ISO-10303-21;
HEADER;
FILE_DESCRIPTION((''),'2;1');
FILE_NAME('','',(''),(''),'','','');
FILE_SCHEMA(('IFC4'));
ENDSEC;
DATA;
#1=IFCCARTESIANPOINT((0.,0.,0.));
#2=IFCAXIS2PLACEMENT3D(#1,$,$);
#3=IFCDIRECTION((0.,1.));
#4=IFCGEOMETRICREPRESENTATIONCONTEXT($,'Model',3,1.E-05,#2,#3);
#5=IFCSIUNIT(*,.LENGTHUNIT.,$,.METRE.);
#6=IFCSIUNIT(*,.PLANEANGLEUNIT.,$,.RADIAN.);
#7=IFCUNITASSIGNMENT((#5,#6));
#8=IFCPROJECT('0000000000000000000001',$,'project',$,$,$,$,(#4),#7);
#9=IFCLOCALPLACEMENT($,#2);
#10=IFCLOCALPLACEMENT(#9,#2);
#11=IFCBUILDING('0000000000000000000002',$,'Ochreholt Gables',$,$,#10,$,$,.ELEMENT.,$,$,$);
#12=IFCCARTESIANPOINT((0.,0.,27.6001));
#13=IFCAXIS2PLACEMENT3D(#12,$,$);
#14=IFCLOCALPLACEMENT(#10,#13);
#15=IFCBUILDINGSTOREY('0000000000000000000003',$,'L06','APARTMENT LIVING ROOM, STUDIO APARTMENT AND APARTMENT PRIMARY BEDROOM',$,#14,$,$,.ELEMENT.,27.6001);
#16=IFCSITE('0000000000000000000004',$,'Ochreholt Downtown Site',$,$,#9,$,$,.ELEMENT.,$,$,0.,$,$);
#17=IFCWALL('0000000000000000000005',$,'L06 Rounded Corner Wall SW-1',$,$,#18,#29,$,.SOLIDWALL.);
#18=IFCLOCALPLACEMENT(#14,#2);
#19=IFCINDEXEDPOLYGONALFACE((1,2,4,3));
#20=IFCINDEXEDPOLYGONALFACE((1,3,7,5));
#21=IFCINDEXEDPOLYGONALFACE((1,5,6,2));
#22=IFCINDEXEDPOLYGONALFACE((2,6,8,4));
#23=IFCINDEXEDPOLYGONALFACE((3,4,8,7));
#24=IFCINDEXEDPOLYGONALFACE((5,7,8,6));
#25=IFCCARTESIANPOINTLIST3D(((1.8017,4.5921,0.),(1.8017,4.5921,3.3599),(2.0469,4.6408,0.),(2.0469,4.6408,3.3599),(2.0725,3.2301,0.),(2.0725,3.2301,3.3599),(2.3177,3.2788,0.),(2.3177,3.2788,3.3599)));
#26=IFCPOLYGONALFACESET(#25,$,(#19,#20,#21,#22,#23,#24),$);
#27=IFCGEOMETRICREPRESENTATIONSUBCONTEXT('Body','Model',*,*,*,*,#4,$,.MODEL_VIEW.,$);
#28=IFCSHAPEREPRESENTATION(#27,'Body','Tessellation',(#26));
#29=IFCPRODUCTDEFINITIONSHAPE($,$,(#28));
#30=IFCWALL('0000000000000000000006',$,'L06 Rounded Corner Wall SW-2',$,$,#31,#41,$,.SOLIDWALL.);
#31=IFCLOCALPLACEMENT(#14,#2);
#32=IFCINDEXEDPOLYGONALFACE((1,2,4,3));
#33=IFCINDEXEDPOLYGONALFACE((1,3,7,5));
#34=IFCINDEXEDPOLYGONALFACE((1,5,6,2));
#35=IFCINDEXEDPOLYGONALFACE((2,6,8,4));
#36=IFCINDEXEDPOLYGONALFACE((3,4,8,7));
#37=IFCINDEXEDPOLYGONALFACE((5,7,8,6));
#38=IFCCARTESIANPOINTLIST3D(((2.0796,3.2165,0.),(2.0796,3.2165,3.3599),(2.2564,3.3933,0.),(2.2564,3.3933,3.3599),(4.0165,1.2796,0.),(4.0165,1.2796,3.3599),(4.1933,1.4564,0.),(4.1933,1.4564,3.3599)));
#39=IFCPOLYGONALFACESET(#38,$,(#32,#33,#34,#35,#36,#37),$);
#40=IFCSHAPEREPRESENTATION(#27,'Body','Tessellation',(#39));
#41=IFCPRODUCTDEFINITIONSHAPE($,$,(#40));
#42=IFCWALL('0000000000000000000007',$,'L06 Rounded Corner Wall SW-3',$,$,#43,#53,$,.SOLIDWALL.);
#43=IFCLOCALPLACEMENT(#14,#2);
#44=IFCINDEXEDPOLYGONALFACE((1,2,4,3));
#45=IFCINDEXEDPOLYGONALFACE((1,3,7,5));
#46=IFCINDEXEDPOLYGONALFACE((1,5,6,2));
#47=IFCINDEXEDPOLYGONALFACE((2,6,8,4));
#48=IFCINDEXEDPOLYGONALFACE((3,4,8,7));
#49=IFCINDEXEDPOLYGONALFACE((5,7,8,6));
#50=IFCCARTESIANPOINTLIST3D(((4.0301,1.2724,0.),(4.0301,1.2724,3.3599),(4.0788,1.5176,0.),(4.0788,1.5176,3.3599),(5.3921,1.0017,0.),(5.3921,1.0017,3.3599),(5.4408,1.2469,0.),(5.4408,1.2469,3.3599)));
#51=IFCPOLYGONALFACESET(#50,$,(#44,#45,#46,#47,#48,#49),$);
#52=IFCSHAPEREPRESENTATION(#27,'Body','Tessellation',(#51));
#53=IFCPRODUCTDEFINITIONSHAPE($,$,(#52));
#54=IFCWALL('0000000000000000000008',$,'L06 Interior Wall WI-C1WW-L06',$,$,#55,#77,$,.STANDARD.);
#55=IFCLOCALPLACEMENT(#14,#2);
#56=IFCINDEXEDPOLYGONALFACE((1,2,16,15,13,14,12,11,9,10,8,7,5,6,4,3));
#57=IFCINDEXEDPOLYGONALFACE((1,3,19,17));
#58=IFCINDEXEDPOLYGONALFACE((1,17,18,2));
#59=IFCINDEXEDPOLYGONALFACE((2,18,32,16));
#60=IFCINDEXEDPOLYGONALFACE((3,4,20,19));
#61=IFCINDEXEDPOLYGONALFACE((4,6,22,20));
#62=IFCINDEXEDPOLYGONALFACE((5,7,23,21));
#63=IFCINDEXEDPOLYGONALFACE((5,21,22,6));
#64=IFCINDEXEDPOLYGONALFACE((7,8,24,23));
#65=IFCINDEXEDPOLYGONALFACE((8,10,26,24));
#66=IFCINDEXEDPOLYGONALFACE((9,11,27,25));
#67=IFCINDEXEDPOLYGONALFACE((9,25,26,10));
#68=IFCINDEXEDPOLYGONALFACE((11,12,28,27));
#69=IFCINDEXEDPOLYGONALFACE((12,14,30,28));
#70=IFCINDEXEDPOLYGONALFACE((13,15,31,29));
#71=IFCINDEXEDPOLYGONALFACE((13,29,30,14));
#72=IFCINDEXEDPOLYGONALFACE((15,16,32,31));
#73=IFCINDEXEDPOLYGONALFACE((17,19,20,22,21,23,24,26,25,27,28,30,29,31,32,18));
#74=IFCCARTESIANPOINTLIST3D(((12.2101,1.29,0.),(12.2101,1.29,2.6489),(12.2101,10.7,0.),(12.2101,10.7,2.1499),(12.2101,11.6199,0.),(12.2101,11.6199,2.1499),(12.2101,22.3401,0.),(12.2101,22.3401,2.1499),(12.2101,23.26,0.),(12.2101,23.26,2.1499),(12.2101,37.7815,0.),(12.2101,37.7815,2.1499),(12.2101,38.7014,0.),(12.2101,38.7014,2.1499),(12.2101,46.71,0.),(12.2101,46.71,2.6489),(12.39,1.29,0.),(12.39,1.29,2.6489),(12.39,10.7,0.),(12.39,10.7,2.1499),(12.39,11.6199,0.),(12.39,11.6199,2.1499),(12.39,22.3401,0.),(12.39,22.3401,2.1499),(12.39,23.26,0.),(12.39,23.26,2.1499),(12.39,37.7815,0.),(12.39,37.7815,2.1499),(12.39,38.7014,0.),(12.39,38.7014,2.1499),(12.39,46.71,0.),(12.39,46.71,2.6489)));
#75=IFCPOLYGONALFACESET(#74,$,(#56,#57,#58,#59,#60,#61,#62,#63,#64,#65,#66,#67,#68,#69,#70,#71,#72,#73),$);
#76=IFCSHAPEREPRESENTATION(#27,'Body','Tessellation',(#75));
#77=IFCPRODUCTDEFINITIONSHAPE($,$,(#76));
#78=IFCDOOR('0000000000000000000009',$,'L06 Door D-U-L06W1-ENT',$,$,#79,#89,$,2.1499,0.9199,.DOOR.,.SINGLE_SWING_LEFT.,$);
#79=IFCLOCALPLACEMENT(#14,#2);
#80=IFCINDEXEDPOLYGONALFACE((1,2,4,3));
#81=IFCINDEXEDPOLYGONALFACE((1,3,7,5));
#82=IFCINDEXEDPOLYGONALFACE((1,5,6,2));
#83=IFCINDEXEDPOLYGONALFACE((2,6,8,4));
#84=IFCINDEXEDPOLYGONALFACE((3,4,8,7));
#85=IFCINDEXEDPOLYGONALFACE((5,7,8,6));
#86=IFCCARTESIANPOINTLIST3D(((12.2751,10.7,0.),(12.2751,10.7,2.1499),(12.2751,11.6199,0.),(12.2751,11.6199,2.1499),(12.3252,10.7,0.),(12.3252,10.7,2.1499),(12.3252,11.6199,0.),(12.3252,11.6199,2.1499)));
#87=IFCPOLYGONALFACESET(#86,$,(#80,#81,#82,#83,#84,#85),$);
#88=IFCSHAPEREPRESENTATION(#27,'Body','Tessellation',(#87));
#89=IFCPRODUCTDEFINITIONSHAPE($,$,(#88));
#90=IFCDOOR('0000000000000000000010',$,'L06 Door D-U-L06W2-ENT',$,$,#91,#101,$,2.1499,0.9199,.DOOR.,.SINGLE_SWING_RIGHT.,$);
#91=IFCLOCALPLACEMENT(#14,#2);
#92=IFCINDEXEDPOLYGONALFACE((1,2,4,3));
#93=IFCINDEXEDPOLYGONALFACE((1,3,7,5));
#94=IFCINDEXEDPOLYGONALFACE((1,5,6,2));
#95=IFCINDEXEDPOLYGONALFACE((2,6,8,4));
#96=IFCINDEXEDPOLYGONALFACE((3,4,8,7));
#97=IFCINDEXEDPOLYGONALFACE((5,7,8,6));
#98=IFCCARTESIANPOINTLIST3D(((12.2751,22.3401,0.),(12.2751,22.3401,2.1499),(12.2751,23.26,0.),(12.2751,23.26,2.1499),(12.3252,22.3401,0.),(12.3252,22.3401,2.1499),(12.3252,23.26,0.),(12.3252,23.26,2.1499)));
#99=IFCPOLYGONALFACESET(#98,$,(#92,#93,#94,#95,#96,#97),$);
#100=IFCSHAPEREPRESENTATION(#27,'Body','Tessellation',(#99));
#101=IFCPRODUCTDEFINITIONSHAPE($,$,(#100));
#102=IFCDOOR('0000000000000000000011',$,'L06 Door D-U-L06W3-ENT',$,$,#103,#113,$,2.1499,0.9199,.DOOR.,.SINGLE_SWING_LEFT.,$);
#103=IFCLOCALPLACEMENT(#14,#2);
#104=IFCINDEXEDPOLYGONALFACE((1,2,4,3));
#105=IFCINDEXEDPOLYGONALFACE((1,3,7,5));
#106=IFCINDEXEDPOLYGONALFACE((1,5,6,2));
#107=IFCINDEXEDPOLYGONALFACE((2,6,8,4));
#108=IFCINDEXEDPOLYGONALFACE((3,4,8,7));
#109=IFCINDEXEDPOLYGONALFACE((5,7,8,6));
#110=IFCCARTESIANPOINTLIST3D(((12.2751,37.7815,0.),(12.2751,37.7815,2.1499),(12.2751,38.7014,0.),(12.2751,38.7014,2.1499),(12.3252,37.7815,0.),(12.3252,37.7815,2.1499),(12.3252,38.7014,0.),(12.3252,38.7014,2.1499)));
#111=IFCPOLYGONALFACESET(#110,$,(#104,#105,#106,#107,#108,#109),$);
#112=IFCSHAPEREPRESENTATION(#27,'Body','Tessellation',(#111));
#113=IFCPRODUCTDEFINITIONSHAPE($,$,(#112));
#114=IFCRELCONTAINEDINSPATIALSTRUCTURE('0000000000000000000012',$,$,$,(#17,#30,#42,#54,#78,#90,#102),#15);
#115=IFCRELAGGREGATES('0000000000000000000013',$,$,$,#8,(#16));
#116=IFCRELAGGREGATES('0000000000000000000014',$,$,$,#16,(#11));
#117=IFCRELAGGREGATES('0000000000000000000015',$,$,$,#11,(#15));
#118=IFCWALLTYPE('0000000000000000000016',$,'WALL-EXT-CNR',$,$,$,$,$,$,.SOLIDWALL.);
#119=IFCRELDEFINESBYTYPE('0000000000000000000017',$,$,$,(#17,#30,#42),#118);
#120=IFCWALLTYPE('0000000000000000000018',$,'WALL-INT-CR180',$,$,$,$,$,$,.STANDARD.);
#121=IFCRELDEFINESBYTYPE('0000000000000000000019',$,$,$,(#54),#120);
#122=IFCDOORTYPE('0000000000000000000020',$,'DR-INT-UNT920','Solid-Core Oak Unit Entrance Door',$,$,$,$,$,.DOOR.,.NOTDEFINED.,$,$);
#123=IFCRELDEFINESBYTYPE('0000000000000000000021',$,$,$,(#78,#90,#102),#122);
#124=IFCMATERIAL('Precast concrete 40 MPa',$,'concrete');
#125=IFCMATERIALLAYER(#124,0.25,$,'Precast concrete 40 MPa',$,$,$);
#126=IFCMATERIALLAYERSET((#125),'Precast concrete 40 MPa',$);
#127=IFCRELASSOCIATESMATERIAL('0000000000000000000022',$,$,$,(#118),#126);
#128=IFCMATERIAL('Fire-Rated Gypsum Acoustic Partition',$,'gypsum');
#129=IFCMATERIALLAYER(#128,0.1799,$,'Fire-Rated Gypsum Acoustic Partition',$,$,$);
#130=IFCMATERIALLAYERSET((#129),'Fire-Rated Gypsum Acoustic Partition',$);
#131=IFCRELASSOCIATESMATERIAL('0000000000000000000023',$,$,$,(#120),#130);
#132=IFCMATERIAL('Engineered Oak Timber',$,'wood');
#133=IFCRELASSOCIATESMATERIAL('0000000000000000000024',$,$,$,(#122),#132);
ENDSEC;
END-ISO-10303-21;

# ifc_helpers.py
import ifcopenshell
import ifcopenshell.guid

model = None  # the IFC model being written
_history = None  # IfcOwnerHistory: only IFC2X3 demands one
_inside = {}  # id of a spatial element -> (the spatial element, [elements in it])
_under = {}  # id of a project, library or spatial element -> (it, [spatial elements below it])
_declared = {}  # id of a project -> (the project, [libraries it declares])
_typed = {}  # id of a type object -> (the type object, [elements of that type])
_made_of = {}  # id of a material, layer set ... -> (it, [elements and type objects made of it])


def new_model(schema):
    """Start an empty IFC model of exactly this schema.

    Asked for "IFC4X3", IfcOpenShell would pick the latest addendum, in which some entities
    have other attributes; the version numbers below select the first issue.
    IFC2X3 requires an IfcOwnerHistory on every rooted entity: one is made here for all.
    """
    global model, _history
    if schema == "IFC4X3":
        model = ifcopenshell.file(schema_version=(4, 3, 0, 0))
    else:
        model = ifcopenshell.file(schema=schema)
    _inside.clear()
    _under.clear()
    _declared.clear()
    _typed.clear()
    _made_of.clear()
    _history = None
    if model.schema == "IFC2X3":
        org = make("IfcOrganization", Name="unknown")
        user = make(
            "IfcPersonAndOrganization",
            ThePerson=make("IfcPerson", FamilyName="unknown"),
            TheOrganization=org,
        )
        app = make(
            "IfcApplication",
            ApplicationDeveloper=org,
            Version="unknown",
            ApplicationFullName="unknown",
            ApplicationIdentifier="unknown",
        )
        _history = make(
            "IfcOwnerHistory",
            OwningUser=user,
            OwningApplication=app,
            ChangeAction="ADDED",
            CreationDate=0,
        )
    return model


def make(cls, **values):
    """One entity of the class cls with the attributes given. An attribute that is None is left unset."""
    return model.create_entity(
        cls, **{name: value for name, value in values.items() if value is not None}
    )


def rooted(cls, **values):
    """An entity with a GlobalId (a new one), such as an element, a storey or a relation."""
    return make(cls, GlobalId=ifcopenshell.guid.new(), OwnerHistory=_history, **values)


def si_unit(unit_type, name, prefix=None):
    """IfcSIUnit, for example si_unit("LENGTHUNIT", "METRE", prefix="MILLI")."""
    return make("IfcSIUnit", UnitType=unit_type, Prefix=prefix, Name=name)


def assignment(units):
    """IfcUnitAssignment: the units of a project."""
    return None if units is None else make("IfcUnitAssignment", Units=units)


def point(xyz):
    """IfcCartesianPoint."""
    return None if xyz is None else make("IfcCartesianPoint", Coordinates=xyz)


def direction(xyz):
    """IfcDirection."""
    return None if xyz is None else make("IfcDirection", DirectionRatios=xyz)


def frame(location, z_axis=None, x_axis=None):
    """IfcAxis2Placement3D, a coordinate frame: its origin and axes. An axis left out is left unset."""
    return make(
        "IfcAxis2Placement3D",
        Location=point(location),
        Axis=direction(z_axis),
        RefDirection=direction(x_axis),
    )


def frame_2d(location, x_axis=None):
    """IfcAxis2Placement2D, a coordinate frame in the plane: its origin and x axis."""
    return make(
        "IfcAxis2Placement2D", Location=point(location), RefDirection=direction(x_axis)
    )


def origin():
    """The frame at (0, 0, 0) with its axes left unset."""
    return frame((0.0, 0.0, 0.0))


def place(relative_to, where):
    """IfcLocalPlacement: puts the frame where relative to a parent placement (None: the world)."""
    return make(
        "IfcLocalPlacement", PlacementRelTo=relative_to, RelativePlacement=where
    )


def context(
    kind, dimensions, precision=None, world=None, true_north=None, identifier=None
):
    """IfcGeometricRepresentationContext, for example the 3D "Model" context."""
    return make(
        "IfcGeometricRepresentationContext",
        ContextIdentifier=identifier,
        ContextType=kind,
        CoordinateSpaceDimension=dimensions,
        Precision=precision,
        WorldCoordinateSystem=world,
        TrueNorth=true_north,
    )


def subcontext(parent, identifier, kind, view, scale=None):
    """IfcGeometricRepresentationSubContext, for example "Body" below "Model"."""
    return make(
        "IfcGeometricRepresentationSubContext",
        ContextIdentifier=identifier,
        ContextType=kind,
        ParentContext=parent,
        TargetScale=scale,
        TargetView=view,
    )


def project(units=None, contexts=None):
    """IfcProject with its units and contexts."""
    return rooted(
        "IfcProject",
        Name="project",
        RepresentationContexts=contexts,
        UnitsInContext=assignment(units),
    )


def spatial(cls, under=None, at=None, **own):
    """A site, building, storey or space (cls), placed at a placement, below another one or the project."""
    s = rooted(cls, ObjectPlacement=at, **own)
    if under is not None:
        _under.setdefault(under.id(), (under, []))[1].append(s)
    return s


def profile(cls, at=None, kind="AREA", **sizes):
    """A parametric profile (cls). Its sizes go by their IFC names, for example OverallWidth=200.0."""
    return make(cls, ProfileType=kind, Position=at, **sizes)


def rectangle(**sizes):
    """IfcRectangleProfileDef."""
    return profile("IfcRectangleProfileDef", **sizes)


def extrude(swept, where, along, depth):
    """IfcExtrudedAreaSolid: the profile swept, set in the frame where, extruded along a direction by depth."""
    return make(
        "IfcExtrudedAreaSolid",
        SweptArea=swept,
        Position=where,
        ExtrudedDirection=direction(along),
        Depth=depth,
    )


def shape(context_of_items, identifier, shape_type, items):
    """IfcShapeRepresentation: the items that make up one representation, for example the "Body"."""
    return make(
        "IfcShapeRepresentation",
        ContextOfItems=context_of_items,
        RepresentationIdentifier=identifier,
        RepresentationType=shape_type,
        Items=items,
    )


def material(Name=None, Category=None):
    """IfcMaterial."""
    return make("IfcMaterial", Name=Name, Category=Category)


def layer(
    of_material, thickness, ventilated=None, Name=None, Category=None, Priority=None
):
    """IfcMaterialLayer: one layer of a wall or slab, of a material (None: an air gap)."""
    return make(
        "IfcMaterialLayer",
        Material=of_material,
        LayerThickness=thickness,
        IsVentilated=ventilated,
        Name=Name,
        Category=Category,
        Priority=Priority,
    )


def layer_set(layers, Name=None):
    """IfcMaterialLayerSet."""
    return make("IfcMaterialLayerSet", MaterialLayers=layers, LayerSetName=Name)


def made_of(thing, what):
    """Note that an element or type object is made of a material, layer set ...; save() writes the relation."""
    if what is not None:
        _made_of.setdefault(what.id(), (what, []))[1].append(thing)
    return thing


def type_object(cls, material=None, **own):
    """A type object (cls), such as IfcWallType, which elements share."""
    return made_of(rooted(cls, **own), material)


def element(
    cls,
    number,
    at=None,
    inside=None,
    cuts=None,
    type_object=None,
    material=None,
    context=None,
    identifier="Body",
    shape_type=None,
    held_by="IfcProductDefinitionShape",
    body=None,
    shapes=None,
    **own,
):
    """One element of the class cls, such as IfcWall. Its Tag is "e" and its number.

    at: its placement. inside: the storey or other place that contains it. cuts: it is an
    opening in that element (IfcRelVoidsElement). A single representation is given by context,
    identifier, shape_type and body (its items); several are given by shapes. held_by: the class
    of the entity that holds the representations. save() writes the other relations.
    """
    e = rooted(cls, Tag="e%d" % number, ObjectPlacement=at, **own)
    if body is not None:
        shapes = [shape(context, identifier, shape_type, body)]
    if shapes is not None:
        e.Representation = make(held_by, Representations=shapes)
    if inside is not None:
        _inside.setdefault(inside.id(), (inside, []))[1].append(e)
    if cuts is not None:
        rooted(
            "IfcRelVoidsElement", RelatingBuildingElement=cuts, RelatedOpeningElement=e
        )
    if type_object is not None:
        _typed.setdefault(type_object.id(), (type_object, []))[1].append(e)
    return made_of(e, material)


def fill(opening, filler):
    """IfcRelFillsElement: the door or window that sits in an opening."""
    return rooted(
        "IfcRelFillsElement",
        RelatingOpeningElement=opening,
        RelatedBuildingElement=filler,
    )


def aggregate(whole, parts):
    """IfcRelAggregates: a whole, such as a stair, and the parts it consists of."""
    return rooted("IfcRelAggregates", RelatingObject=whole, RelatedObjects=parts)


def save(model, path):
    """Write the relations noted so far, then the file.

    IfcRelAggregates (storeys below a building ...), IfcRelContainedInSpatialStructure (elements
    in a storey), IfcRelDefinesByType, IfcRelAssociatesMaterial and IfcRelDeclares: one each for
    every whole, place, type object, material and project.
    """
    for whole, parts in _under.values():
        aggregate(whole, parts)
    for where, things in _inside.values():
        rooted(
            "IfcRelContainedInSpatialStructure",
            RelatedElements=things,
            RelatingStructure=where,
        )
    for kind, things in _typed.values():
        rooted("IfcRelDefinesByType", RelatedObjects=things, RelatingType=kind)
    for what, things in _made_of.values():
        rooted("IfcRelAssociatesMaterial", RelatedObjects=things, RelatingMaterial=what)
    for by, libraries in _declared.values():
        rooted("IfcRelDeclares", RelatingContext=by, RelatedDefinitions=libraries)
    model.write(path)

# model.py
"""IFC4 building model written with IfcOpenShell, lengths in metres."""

from ifc_helpers import new_model, si_unit, direction, frame, frame_2d, origin, place, context, subcontext, project, spatial, rectangle, extrude, material, layer, layer_set, type_object, element, fill, save


model = new_model("IFC4")

# Units and contexts
model_context = context("Model", 3, precision=1e-05, world=origin(), true_north=direction((0.0, 1.0)))
body_context = subcontext(model_context, "Body", "Model", "MODEL_VIEW")
ifc_project = project(units=[si_unit("LENGTHUNIT", "METRE"), si_unit("PLANEANGLEUNIT", "RADIAN")], contexts=[model_context])

# Site, building, storey
site_placement = place(None, origin())
site = spatial("IfcSite", under=ifc_project, at=site_placement, Name="Ochreholt Downtown Site", CompositionType="ELEMENT", RefElevation=0.0)
building_placement = place(site_placement, origin())
building = spatial("IfcBuilding", under=site, at=building_placement, Name="Ochreholt Gables", CompositionType="ELEMENT")
storey_placement = place(building_placement, frame((0.0, 0.0, 27.6001)))
storey = spatial("IfcBuildingStorey", under=building, at=storey_placement, Name="L06", Description="APARTMENT LIVING ROOM, STUDIO APARTMENT AND APARTMENT PRIMARY BEDROOM", CompositionType="ELEMENT", Elevation=27.6001)

# Shared definitions
ifc_material_1 = material(Name="Precast concrete 40 MPa", Category="concrete")

# Walls
ifc_layer_1 = layer(ifc_material_1, 0.25, Name="Precast concrete 40 MPa")
ifc_layer_set_1 = layer_set([ifc_layer_1], Name="Precast concrete 40 MPa")
wall_type_1 = type_object("IfcWallType", Name="WALL-EXT-CNR", PredefinedType="SOLIDWALL", material=ifc_layer_set_1)
wall_1_placement = place(storey_placement, frame((1.9243, 4.6165, 0.0), z_axis=(0.0, 0.0, 1.0), x_axis=(0.194967, -0.98081, 0.0)))
element("IfcWall", 1, at=wall_1_placement, inside=storey, type_object=wall_type_1, Name="L06 Rounded Corner Wall SW-1", PredefinedType="SOLIDWALL", context=body_context, shape_type="SweptSolid", body=[
    extrude(rectangle(XDim=1.3887, YDim=0.25, at=frame_2d((0.6943, 0.0))), origin(), (0.0, 0.0, 1.0), 3.3599),
])
wall_2_placement = place(storey_placement, frame((2.168, 3.3049, 0.0), z_axis=(0.0, 0.0, 1.0), x_axis=(0.707107, -0.707107, 0.0)))
element("IfcWall", 2, at=wall_2_placement, inside=storey, type_object=wall_type_1, Name="L06 Rounded Corner Wall SW-2", PredefinedType="SOLIDWALL", context=body_context, shape_type="SweptSolid", body=[
    extrude(rectangle(XDim=2.7393, YDim=0.25, at=frame_2d((1.3696, 0.0))), origin(), (0.0, 0.0, 1.0), 3.3599),
])
wall_3_placement = place(storey_placement, frame((4.0544, 1.395, 0.0), z_axis=(0.0, 0.0, 1.0), x_axis=(0.98081, -0.194967, 0.0)))
element("IfcWall", 3, at=wall_3_placement, inside=storey, type_object=wall_type_1, Name="L06 Rounded Corner Wall SW-3", PredefinedType="SOLIDWALL", context=body_context, shape_type="SweptSolid", body=[
    extrude(rectangle(XDim=1.3887, YDim=0.25, at=frame_2d((0.6943, 0.0))), origin(), (0.0, 0.0, 1.0), 3.3599),
])

# Wall, openings, doors
ifc_material_2 = material(Name="Fire-Rated Gypsum Acoustic Partition", Category="gypsum")
ifc_layer_2 = layer(ifc_material_2, 0.1799, Name="Fire-Rated Gypsum Acoustic Partition")
ifc_layer_set_2 = layer_set([ifc_layer_2], Name="Fire-Rated Gypsum Acoustic Partition")
wall_type_2 = type_object("IfcWallType", Name="WALL-INT-CR180", PredefinedType="STANDARD", material=ifc_layer_set_2)
wall_4_placement = place(storey_placement, frame((12.3, 1.29, 0.0), z_axis=(0.0, 0.0, 1.0), x_axis=(0.0, 1.0, 0.0)))
wall_4 = element("IfcWall", 4, at=wall_4_placement, inside=storey, type_object=wall_type_2, Name="L06 Interior Wall WI-C1WW-L06", PredefinedType="STANDARD", context=body_context, shape_type="SweptSolid", body=[
    extrude(rectangle(XDim=45.4199, YDim=0.1799, at=frame_2d((22.71, 0.0))), origin(), (0.0, 0.0, 1.0), 2.6489),
])
opening_1_placement = place(wall_4_placement, frame((9.4099, 0.0, 0.0)))
opening_1 = element("IfcOpeningElement", 5, at=opening_1_placement, cuts=wall_4, PredefinedType="OPENING", context=body_context, shape_type="SweptSolid", body=[
    extrude(rectangle(XDim=0.9199, YDim=2.1499, at=frame_2d((0.46, 1.075))), frame((0.0, 0.0999, 0.0), z_axis=(0.0, -1.0, 0.0), x_axis=(1.0, 0.0, 0.0)), (0.0, 0.0, 1.0), 0.2),
])
opening_2_placement = place(wall_4_placement, frame((21.05, 0.0, 0.0)))
opening_2 = element("IfcOpeningElement", 6, at=opening_2_placement, cuts=wall_4, PredefinedType="OPENING", context=body_context, shape_type="SweptSolid", body=[
    extrude(rectangle(XDim=0.9199, YDim=2.1499, at=frame_2d((0.46, 1.075))), frame((0.0, 0.0999, 0.0), z_axis=(0.0, -1.0, 0.0), x_axis=(1.0, 0.0, 0.0)), (0.0, 0.0, 1.0), 0.2),
])
opening_3_placement = place(wall_4_placement, frame((36.4915, 0.0, 0.0)))
opening_3 = element("IfcOpeningElement", 7, at=opening_3_placement, cuts=wall_4, PredefinedType="OPENING", context=body_context, shape_type="SweptSolid", body=[
    extrude(rectangle(XDim=0.9199, YDim=2.1499, at=frame_2d((0.46, 1.075))), frame((0.0, 0.0999, 0.0), z_axis=(0.0, -1.0, 0.0), x_axis=(1.0, 0.0, 0.0)), (0.0, 0.0, 1.0), 0.2),
])
ifc_material_3 = material(Name="Engineered Oak Timber", Category="wood")
door_type = type_object("IfcDoorType", Name="DR-INT-UNT920", Description="Solid-Core Oak Unit Entrance Door", OperationType="NOTDEFINED", PredefinedType="DOOR", material=ifc_material_3)
door_1_placement = place(opening_1_placement, origin())
door_1 = element("IfcDoor", 8, at=door_1_placement, inside=storey, type_object=door_type, Name="L06 Door D-U-L06W1-ENT", OperationType="SINGLE_SWING_LEFT", OverallHeight=2.1499, OverallWidth=0.9199, PredefinedType="DOOR", context=body_context, shape_type="SweptSolid", body=[
    extrude(rectangle(XDim=0.9199, YDim=2.1499, at=frame_2d((0.46, 1.075))), frame((0.0, 0.0249, 0.0), z_axis=(0.0, -1.0, 0.0), x_axis=(1.0, 0.0, 0.0)), (0.0, 0.0, 1.0), 0.05),
])
fill(opening_1, door_1)
door_2_placement = place(opening_2_placement, origin())
door_2 = element("IfcDoor", 9, at=door_2_placement, inside=storey, type_object=door_type, Name="L06 Door D-U-L06W2-ENT", OperationType="SINGLE_SWING_RIGHT", OverallHeight=2.1499, OverallWidth=0.9199, PredefinedType="DOOR", context=body_context, shape_type="SweptSolid", body=[
    extrude(rectangle(XDim=0.9199, YDim=2.1499, at=frame_2d((0.46, 1.075))), frame((0.0, 0.0249, 0.0), z_axis=(0.0, -1.0, 0.0), x_axis=(1.0, 0.0, 0.0)), (0.0, 0.0, 1.0), 0.05),
])
fill(opening_2, door_2)
door_3_placement = place(opening_3_placement, origin())
door_3 = element("IfcDoor", 10, at=door_3_placement, inside=storey, type_object=door_type, Name="L06 Door D-U-L06W3-ENT", OperationType="SINGLE_SWING_LEFT", OverallHeight=2.1499, OverallWidth=0.9199, PredefinedType="DOOR", context=body_context, shape_type="SweptSolid", body=[
    extrude(rectangle(XDim=0.9199, YDim=2.1499, at=frame_2d((0.46, 1.075))), frame((0.0, 0.0249, 0.0), z_axis=(0.0, -1.0, 0.0), x_axis=(1.0, 0.0, 0.0)), (0.0, 0.0, 1.0), 0.05),
])
fill(opening_3, door_3)

save(model, "model.ifc")
